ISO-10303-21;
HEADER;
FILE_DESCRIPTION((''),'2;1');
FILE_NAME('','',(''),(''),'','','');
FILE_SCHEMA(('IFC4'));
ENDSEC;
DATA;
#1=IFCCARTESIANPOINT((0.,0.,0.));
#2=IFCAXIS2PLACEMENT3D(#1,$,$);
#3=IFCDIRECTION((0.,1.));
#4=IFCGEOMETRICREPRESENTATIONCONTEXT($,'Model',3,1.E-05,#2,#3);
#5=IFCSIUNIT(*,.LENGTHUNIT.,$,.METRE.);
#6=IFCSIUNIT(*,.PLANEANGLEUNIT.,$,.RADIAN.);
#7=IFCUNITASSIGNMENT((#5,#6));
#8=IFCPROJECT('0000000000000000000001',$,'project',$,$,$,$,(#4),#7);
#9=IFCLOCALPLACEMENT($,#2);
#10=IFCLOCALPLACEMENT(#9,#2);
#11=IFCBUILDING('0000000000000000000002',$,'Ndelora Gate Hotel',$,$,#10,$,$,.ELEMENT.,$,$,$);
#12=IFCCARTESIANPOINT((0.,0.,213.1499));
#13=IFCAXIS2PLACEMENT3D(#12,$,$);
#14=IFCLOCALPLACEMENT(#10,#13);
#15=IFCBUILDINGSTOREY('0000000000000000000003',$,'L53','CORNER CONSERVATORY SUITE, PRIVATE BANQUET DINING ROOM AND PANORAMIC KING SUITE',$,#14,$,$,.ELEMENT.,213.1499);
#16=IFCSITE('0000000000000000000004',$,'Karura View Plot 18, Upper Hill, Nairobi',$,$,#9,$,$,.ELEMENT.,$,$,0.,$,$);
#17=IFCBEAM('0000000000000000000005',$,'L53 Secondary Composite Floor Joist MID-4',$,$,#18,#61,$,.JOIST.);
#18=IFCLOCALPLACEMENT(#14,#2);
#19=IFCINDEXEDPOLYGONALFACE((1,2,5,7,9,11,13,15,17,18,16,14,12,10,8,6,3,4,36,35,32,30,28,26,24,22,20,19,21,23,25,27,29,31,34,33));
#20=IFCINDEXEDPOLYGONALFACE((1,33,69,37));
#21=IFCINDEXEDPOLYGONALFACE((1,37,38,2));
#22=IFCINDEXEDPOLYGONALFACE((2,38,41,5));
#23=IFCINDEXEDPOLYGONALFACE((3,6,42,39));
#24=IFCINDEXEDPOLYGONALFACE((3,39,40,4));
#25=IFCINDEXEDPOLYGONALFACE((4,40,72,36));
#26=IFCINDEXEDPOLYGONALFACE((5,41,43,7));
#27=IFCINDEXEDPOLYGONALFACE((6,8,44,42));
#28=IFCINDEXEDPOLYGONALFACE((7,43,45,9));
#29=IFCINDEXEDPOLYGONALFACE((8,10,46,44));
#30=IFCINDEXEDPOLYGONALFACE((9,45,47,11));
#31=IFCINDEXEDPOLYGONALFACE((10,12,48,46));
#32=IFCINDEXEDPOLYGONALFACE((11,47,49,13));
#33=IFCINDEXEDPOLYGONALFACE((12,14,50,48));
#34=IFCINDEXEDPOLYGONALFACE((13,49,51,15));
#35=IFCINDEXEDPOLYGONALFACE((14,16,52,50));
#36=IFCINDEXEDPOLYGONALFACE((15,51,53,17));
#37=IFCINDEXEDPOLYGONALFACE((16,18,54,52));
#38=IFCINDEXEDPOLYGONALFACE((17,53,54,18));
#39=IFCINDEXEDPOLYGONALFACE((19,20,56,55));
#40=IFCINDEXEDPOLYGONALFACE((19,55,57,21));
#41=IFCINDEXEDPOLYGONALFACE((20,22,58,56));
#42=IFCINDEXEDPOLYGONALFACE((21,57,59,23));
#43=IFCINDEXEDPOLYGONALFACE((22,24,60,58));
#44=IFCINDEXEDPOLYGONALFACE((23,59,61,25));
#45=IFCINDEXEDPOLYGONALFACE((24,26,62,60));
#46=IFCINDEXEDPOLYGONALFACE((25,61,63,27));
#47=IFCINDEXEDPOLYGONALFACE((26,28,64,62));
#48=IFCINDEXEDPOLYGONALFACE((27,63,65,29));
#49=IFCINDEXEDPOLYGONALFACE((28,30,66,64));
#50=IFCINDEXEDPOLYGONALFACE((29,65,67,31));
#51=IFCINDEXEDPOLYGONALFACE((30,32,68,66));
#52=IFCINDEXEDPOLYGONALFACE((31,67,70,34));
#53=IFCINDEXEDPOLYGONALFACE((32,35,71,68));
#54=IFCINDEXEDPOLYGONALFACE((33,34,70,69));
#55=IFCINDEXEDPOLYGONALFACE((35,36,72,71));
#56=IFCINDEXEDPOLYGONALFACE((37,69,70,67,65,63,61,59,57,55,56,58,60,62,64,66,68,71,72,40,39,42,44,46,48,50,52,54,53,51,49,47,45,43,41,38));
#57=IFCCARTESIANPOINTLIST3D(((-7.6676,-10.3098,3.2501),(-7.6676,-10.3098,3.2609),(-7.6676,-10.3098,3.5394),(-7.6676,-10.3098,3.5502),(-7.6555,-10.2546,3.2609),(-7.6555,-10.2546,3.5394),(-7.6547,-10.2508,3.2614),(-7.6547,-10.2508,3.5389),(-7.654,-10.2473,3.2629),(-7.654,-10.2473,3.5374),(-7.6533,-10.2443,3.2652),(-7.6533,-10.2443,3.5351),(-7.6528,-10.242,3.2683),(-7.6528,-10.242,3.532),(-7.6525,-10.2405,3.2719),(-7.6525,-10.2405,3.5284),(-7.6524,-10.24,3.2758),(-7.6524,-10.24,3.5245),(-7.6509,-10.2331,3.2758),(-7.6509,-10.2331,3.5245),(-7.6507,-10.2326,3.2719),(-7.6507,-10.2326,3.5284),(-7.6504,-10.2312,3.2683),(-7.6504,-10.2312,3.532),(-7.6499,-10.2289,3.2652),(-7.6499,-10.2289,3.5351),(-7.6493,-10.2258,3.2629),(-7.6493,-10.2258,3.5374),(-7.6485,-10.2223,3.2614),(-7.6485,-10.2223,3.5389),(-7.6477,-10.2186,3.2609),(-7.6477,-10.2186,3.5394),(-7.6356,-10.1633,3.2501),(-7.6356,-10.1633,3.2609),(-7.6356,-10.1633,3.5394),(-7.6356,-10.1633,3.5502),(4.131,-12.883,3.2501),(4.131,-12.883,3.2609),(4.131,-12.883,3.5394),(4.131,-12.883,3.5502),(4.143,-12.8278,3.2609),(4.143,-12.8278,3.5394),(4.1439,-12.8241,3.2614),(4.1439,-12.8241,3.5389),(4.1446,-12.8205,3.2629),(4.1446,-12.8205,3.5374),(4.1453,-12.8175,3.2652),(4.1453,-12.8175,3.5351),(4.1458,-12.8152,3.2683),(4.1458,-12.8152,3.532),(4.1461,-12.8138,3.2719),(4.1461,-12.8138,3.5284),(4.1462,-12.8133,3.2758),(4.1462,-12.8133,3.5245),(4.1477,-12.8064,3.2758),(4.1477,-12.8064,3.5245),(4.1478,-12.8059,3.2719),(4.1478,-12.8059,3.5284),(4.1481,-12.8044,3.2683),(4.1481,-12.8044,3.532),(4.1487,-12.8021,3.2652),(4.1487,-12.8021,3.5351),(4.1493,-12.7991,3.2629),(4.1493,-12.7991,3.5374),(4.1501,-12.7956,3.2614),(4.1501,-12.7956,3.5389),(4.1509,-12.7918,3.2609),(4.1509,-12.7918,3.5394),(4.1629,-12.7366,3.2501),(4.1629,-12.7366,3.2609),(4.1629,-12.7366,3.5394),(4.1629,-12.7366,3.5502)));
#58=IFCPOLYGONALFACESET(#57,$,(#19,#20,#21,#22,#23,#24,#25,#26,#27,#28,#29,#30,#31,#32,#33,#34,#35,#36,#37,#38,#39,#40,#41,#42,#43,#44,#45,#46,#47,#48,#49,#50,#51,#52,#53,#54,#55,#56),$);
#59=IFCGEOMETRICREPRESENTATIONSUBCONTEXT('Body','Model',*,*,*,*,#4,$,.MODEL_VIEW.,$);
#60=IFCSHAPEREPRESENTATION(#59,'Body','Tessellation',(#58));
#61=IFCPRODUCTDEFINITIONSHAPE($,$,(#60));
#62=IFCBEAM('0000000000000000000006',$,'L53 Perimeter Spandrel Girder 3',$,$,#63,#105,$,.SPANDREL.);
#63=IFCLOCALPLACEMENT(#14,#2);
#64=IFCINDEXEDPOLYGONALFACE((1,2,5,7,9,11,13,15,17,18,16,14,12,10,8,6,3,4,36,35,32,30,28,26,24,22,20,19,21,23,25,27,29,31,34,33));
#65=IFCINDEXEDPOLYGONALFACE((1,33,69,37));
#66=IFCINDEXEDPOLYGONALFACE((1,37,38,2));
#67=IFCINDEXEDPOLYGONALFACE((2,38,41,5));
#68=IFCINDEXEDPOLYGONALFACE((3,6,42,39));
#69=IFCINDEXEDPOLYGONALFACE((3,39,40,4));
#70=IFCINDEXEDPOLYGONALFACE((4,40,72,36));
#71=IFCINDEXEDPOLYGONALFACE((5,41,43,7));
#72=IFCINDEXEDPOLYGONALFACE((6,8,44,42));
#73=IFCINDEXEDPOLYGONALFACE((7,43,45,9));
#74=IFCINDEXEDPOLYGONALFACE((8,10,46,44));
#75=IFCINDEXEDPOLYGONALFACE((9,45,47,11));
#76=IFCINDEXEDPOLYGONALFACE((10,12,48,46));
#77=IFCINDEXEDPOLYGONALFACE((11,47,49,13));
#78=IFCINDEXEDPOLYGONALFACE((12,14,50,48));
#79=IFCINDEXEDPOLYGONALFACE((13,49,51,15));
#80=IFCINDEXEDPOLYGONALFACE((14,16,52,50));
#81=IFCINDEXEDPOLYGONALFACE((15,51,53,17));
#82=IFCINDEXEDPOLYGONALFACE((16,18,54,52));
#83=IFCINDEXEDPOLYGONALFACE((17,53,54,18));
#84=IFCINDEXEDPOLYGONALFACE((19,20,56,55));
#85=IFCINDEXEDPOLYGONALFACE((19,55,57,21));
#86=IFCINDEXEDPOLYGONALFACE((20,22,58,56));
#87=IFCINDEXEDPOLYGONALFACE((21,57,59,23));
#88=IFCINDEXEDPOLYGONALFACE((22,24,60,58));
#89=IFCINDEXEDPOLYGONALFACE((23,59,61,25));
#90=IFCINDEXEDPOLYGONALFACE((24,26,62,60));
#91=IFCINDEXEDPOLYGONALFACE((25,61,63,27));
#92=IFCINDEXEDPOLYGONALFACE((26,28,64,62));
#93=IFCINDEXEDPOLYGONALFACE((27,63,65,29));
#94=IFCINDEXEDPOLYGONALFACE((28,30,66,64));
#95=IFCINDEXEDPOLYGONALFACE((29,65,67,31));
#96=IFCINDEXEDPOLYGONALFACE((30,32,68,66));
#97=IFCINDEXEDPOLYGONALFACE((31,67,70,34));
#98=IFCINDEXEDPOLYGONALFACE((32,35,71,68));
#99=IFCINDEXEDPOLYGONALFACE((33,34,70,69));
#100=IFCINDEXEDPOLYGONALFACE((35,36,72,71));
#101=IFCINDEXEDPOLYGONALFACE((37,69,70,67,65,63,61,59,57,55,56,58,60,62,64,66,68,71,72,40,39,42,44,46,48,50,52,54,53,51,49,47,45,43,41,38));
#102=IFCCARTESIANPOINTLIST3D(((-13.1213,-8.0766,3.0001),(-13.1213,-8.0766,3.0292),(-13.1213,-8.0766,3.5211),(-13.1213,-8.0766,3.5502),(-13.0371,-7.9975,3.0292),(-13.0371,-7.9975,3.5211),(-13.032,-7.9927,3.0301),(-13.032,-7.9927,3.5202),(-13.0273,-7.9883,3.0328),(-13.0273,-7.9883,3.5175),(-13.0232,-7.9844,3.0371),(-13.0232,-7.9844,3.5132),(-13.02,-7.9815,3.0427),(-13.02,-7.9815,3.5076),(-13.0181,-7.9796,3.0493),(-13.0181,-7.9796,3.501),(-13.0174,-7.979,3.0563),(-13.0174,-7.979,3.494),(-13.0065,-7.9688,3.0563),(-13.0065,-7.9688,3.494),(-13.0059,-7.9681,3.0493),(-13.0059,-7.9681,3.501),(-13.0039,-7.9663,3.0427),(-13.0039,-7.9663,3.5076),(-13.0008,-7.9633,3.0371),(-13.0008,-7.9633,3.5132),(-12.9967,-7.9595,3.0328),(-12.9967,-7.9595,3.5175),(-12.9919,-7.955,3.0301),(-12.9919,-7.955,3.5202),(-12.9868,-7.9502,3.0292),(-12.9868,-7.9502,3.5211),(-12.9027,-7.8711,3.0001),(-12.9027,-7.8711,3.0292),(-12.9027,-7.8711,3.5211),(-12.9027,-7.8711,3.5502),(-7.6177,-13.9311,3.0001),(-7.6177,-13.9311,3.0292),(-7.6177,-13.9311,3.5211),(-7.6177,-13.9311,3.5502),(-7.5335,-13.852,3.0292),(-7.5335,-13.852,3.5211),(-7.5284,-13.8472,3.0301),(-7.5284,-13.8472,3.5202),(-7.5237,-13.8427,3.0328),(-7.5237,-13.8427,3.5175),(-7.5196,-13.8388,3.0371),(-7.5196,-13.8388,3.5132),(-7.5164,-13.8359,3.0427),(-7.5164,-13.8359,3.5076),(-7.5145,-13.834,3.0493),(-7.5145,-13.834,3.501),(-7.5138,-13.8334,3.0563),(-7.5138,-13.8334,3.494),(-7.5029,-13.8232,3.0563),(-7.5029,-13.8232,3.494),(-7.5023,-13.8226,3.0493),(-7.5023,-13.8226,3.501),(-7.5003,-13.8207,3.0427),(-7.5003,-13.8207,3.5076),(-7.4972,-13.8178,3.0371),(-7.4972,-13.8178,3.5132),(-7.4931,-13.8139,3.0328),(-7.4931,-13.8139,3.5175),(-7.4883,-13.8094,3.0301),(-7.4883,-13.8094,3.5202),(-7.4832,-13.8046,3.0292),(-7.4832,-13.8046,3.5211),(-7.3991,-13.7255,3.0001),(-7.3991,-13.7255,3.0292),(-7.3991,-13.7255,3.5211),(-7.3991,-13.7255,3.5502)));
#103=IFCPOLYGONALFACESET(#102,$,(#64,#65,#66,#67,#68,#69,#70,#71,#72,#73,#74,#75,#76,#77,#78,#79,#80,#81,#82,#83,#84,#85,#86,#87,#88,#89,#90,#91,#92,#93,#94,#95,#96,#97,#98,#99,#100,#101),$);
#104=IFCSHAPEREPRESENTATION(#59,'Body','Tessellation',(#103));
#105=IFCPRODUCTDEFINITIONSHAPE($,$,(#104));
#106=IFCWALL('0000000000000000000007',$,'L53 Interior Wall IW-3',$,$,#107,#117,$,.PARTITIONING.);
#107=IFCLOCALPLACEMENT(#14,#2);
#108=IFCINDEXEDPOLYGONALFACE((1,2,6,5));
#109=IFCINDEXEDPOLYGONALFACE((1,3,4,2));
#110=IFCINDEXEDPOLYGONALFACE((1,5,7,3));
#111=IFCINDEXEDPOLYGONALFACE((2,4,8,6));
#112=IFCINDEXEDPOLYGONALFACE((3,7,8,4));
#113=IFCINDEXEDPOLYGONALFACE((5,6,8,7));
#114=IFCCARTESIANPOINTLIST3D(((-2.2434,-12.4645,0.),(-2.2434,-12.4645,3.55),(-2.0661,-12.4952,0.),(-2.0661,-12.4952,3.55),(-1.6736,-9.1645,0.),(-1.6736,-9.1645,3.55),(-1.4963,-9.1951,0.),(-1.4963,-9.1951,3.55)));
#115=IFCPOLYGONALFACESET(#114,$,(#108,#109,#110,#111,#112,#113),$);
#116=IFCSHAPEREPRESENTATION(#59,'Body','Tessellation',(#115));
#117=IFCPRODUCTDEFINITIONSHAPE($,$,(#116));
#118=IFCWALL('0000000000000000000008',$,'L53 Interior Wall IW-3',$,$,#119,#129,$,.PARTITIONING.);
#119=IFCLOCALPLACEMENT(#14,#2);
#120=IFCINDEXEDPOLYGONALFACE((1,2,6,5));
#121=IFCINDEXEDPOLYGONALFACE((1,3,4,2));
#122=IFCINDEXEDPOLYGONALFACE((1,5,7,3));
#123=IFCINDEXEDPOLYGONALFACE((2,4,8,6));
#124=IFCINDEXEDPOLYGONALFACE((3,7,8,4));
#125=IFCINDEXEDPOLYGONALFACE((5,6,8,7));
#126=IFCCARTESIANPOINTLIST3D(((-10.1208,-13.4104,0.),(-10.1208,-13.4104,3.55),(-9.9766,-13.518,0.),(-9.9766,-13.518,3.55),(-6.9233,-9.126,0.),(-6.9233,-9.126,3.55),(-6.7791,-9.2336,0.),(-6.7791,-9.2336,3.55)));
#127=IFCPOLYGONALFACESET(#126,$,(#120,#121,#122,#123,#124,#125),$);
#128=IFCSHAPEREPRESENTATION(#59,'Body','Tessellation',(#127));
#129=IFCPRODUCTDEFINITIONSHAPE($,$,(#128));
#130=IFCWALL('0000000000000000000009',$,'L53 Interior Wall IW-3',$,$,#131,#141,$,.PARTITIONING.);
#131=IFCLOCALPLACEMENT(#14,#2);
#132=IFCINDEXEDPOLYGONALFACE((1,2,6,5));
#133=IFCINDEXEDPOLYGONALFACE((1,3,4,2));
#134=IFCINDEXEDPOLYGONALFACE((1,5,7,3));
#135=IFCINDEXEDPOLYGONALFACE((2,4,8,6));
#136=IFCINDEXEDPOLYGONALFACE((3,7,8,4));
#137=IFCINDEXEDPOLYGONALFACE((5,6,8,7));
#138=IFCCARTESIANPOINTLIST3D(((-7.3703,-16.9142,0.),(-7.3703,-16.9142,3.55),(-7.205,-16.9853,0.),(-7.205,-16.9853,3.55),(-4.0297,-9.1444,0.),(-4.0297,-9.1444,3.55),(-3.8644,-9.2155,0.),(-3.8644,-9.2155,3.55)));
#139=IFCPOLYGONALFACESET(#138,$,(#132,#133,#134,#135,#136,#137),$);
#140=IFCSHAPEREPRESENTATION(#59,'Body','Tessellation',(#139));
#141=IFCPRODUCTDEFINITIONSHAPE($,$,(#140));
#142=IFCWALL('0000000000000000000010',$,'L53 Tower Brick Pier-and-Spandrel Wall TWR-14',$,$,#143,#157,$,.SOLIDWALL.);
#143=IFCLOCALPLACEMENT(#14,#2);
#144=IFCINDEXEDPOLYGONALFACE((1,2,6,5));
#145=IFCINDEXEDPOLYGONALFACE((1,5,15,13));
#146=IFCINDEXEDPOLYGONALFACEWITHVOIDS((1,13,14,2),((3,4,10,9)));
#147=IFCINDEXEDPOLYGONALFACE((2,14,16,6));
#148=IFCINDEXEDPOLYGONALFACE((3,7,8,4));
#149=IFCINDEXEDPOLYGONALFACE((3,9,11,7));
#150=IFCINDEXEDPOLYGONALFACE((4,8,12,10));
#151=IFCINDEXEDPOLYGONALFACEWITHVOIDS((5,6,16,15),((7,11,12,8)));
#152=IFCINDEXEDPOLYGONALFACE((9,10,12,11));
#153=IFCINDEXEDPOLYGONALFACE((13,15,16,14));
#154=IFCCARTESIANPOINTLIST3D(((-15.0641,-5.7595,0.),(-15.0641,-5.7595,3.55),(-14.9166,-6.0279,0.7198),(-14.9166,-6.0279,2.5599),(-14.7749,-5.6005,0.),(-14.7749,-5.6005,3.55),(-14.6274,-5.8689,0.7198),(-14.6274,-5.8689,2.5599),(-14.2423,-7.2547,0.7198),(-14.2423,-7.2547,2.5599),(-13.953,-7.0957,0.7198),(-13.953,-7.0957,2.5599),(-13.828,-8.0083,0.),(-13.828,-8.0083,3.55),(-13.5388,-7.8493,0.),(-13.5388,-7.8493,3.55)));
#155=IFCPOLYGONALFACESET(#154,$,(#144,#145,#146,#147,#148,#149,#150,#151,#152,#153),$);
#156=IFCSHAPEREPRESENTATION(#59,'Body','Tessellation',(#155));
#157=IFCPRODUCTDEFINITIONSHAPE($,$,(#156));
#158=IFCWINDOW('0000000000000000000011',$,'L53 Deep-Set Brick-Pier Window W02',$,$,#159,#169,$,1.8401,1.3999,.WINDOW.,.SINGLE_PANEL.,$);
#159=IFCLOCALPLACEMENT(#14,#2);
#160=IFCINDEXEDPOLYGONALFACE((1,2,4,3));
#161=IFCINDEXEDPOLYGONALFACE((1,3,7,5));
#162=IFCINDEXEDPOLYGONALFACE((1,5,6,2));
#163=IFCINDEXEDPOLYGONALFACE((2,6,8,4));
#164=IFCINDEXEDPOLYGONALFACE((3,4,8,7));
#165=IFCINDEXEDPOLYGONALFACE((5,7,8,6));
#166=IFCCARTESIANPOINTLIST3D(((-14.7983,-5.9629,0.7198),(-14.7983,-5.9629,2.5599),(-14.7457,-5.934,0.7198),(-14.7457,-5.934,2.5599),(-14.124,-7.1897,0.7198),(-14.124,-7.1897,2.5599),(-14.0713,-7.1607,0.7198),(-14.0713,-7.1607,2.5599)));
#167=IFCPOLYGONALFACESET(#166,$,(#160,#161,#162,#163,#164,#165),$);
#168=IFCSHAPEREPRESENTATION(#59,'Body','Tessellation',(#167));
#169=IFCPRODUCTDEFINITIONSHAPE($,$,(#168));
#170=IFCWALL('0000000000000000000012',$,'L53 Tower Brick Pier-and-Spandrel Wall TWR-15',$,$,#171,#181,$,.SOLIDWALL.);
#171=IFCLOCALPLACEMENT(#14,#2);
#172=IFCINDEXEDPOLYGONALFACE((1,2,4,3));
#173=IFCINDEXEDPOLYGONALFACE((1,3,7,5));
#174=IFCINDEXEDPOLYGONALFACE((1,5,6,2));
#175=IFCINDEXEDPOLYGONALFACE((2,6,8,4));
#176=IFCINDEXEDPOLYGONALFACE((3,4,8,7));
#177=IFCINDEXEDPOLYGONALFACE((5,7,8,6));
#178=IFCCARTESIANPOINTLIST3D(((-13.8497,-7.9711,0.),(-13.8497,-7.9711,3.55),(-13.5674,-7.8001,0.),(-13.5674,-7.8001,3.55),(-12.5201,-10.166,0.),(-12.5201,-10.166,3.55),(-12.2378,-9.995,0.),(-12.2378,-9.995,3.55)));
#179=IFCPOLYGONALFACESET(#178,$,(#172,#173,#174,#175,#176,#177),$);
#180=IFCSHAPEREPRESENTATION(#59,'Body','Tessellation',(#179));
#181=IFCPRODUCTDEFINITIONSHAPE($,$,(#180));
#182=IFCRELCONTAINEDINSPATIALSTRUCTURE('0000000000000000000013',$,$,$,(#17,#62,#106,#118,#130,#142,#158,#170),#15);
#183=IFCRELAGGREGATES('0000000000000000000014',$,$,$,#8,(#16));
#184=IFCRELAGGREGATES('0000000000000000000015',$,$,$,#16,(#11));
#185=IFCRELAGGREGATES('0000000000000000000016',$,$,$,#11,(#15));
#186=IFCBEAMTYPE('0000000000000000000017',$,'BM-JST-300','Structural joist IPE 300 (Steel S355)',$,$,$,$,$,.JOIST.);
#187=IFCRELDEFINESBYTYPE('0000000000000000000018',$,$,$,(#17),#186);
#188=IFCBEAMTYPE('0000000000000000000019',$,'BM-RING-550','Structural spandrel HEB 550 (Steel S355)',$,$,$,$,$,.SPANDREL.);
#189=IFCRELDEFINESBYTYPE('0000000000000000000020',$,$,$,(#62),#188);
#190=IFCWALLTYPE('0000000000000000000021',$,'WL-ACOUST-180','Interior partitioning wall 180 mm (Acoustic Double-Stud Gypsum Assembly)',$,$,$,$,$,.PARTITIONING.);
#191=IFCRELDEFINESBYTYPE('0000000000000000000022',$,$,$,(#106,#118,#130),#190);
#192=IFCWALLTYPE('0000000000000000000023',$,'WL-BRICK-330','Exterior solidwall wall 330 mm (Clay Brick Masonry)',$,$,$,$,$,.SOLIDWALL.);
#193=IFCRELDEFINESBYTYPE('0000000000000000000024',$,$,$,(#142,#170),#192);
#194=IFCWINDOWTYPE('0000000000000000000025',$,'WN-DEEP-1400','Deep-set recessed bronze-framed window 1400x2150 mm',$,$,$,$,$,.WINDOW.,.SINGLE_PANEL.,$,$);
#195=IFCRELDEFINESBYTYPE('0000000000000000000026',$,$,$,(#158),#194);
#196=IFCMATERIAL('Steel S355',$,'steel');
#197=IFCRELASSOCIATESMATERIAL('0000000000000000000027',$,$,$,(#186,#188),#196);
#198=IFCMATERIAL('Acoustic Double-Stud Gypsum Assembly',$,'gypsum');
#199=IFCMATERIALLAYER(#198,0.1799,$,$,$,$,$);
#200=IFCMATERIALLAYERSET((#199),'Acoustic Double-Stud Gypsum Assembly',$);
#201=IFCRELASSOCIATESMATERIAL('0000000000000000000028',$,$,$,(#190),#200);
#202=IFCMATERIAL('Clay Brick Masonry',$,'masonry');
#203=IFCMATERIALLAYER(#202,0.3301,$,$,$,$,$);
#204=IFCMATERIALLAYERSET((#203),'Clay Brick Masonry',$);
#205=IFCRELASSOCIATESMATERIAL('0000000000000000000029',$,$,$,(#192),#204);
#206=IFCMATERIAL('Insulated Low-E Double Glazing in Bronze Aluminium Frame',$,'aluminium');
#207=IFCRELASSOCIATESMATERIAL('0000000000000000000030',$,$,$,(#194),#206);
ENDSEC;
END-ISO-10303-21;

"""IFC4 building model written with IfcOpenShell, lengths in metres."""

from ifc_helpers import new_model, si_unit, direction, frame, frame_2d, origin, origin_2d, place, context, subcontext, project, spatial, rectangle, i_section, extrude, material, layer, layer_set, material_profile, profile_set, type_object, element, fill, save


model = new_model("IFC4")

# Units and contexts
model_context = context("Model", 3, precision=1e-05, world=origin(), true_north=direction((0.0, 1.0)))
body_context = subcontext(model_context, "Body", "Model", "MODEL_VIEW")
ifc_project = project(units=[si_unit("LENGTHUNIT", "METRE"), si_unit("PLANEANGLEUNIT", "RADIAN")], contexts=[model_context])

# Site, building, storey
site_placement = place(None, origin())
site = spatial("IfcSite", under=ifc_project, at=site_placement, Name="Karura View Plot 18, Upper Hill, Nairobi", CompositionType="ELEMENT", RefElevation=0.0)
building_placement = place(site_placement, origin())
building = spatial("IfcBuilding", under=site, at=building_placement, Name="Ndelora Gate Hotel", CompositionType="ELEMENT")
storey_placement = place(building_placement, frame((0.0, 0.0, 213.1499)))
storey = spatial("IfcBuildingStorey", under=building, at=storey_placement, Name="L53", Description="CORNER CONSERVATORY SUITE, PRIVATE BANQUET DINING ROOM AND PANORAMIC KING SUITE", CompositionType="ELEMENT", Elevation=213.1499)

# Beams
ifc_material_1 = material(Name="Steel S355", Category="steel")
ifc_material_profile_1 = material_profile(ifc_material_1, i_section(OverallWidth=0.1499, OverallDepth=0.3, WebThickness=0.0071, FlangeThickness=0.0107, FilletRadius=0.0149, at=origin_2d()), Name="IPE 300")
ifc_profile_set_1 = profile_set([ifc_material_profile_1], Name="Steel S355")
beam_type_1 = type_object("IfcBeamType", Name="BM-JST-300", Description="Structural joist IPE 300 (Steel S355)", PredefinedType="JOIST", material=ifc_profile_set_1)
beam_1_placement = place(storey_placement, frame((-7.6516, -10.2366, 3.4001), z_axis=(0.977033, -0.213088, 0.0), x_axis=(0.213088, 0.977033, 0.0)))
element("IfcBeam", 1, at=beam_1_placement, inside=storey, type_object=beam_type_1, Name="L53 Secondary Composite Floor Joist MID-4", PredefinedType="JOIST", context=body_context, shape_type="SweptSolid", body=[
    extrude(i_section(OverallWidth=0.1499, OverallDepth=0.3, WebThickness=0.0071, FlangeThickness=0.0107, FilletRadius=0.0149, at=origin_2d()), origin(), (0.0, 0.0, 1.0), 12.0759),
])
ifc_material_profile_2 = material_profile(ifc_material_1, i_section(OverallWidth=0.3, OverallDepth=0.55, WebThickness=0.0149, FlangeThickness=0.0291, FilletRadius=0.0271, at=origin_2d()), Name="HEB 550")
ifc_profile_set_2 = profile_set([ifc_material_profile_2], Name="Steel S355")
beam_type_2 = type_object("IfcBeamType", Name="BM-RING-550", Description="Structural spandrel HEB 550 (Steel S355)", PredefinedType="SPANDREL", material=ifc_profile_set_2)
beam_2_placement = place(storey_placement, frame((-13.012, -7.9739, 3.2751), z_axis=(0.684939, -0.7286, 0.0), x_axis=(0.7286, 0.684939, 0.0)))
element("IfcBeam", 2, at=beam_2_placement, inside=storey, type_object=beam_type_2, Name="L53 Perimeter Spandrel Girder 3", PredefinedType="SPANDREL", context=body_context, shape_type="SweptSolid", body=[
    extrude(i_section(OverallWidth=0.3, OverallDepth=0.55, WebThickness=0.0149, FlangeThickness=0.0291, FilletRadius=0.0271, at=origin_2d()), origin(), (0.0, 0.0, 1.0), 8.0352),
])

# Walls
ifc_material_2 = material(Name="Acoustic Double-Stud Gypsum Assembly", Category="gypsum")
ifc_layer_1 = layer(ifc_material_2, 0.1799)
ifc_layer_set_1 = layer_set([ifc_layer_1], Name="Acoustic Double-Stud Gypsum Assembly")
wall_type_1 = type_object("IfcWallType", Name="WL-ACOUST-180", Description="Interior partitioning wall 180 mm (Acoustic Double-Stud Gypsum Assembly)", PredefinedType="PARTITIONING", material=ifc_layer_set_1)
wall_1_placement = place(storey_placement, frame((-1.585, -9.1799, 0.0), z_axis=(0.0, 0.0, 1.0), x_axis=(-0.170153, -0.985418, 0.0)))
element("IfcWall", 3, at=wall_1_placement, inside=storey, type_object=wall_type_1, Name="L53 Interior Wall IW-3", PredefinedType="PARTITIONING", context=body_context, shape_type="SweptSolid", body=[
    extrude(rectangle(XDim=3.3489, YDim=0.1799, at=frame_2d((1.6743, 0.0))), origin(), (0.0, 0.0, 1.0), 3.55),
])
wall_2_placement = place(storey_placement, frame((-6.8513, -9.1799, 0.0), z_axis=(0.0, 0.0, 1.0), x_axis=(-0.598106, -0.801417, 0.0)))
element("IfcWall", 4, at=wall_2_placement, inside=storey, type_object=wall_type_1, Name="L53 Interior Wall IW-3", PredefinedType="PARTITIONING", context=body_context, shape_type="SweptSolid", body=[
    extrude(rectangle(XDim=5.3459, YDim=0.1799, at=frame_2d((2.6729, 0.0))), origin(), (0.0, 0.0, 1.0), 3.55),
])
wall_3_placement = place(storey_placement, frame((-3.947, -9.1799, 0.0), z_axis=(0.0, 0.0, 1.0), x_axis=(-0.394985, -0.918688, 0.0)))
element("IfcWall", 5, at=wall_3_placement, inside=storey, type_object=wall_type_1, Name="L53 Interior Wall IW-3", PredefinedType="PARTITIONING", context=body_context, shape_type="SweptSolid", body=[
    extrude(rectangle(XDim=8.4575, YDim=0.1799, at=frame_2d((4.2288, 0.0))), origin(), (0.0, 0.0, 1.0), 3.55),
])

# Wall, opening, window
ifc_material_3 = material(Name="Clay Brick Masonry", Category="masonry")
ifc_layer_2 = layer(ifc_material_3, 0.3301)
ifc_layer_set_2 = layer_set([ifc_layer_2], Name="Clay Brick Masonry")
wall_type_2 = type_object("IfcWallType", Name="WL-BRICK-330", Description="Exterior solidwall wall 330 mm (Clay Brick Masonry)", PredefinedType="SOLIDWALL", material=ifc_layer_set_2)
wall_4_placement = place(storey_placement, frame((-13.6833, -7.929, 0.0), z_axis=(0.0, 0.0, 1.0), x_axis=(-0.481696, 0.876338, 0.0)))
wall_4 = element("IfcWall", 6, at=wall_4_placement, inside=storey, type_object=wall_type_2, Name="L53 Tower Brick Pier-and-Spandrel Wall TWR-14", PredefinedType="SOLIDWALL", context=body_context, shape_type="SweptSolid", body=[
    extrude(rectangle(XDim=2.5662, YDim=0.3301, at=frame_2d((1.2832, 0.0))), origin(), (0.0, 0.0, 1.0), 3.55),
])
opening_1_placement = place(wall_4_placement, frame((0.8601, 0.0, 0.72)))
opening_1 = element("IfcOpeningElement", 7, at=opening_1_placement, cuts=wall_4, PredefinedType="OPENING", context=body_context, shape_type="SweptSolid", body=[
    extrude(rectangle(XDim=1.3999, YDim=1.8401, at=frame_2d((0.7, 0.9199))), frame((0.0, 0.175, 0.0), z_axis=(0.0, -1.0, 0.0), x_axis=(1.0, 0.0, 0.0)), (0.0, 0.0, 1.0), 0.3501),
])
ifc_material_4 = material(Name="Insulated Low-E Double Glazing in Bronze Aluminium Frame", Category="aluminium")
window_type = type_object("IfcWindowType", Name="WN-DEEP-1400", Description="Deep-set recessed bronze-framed window 1400x2150 mm", PartitioningType="SINGLE_PANEL", PredefinedType="WINDOW", material=ifc_material_4)
window_placement = place(opening_1_placement, origin())
window = element("IfcWindow", 8, at=window_placement, inside=storey, type_object=window_type, Name="L53 Deep-Set Brick-Pier Window W02", OverallHeight=1.8401, OverallWidth=1.3999, PartitioningType="SINGLE_PANEL", PredefinedType="WINDOW", context=body_context, shape_type="SweptSolid", body=[
    extrude(rectangle(XDim=1.3999, YDim=1.8401, at=frame_2d((0.7, 0.9199))), frame((0.0, 0.03, 0.0), z_axis=(0.0, -1.0, 0.0), x_axis=(1.0, 0.0, 0.0)), (0.0, 0.0, 1.0), 0.0601),
])
fill(opening_1, window)

# Wall
wall_5_placement = place(storey_placement, frame((-12.3789, -10.0806, 0.0), z_axis=(0.0, 0.0, 1.0), x_axis=(-0.518129, 0.855303, 0.0)))
element("IfcWall", 9, at=wall_5_placement, inside=storey, type_object=wall_type_2, Name="L53 Tower Brick Pier-and-Spandrel Wall TWR-15", PredefinedType="SOLIDWALL", context=body_context, shape_type="SweptSolid", body=[
    extrude(rectangle(XDim=2.5662, YDim=0.3301, at=frame_2d((1.2832, 0.0))), origin(), (0.0, 0.0, 1.0), 3.55),
])

save(model, "model.ifc")
